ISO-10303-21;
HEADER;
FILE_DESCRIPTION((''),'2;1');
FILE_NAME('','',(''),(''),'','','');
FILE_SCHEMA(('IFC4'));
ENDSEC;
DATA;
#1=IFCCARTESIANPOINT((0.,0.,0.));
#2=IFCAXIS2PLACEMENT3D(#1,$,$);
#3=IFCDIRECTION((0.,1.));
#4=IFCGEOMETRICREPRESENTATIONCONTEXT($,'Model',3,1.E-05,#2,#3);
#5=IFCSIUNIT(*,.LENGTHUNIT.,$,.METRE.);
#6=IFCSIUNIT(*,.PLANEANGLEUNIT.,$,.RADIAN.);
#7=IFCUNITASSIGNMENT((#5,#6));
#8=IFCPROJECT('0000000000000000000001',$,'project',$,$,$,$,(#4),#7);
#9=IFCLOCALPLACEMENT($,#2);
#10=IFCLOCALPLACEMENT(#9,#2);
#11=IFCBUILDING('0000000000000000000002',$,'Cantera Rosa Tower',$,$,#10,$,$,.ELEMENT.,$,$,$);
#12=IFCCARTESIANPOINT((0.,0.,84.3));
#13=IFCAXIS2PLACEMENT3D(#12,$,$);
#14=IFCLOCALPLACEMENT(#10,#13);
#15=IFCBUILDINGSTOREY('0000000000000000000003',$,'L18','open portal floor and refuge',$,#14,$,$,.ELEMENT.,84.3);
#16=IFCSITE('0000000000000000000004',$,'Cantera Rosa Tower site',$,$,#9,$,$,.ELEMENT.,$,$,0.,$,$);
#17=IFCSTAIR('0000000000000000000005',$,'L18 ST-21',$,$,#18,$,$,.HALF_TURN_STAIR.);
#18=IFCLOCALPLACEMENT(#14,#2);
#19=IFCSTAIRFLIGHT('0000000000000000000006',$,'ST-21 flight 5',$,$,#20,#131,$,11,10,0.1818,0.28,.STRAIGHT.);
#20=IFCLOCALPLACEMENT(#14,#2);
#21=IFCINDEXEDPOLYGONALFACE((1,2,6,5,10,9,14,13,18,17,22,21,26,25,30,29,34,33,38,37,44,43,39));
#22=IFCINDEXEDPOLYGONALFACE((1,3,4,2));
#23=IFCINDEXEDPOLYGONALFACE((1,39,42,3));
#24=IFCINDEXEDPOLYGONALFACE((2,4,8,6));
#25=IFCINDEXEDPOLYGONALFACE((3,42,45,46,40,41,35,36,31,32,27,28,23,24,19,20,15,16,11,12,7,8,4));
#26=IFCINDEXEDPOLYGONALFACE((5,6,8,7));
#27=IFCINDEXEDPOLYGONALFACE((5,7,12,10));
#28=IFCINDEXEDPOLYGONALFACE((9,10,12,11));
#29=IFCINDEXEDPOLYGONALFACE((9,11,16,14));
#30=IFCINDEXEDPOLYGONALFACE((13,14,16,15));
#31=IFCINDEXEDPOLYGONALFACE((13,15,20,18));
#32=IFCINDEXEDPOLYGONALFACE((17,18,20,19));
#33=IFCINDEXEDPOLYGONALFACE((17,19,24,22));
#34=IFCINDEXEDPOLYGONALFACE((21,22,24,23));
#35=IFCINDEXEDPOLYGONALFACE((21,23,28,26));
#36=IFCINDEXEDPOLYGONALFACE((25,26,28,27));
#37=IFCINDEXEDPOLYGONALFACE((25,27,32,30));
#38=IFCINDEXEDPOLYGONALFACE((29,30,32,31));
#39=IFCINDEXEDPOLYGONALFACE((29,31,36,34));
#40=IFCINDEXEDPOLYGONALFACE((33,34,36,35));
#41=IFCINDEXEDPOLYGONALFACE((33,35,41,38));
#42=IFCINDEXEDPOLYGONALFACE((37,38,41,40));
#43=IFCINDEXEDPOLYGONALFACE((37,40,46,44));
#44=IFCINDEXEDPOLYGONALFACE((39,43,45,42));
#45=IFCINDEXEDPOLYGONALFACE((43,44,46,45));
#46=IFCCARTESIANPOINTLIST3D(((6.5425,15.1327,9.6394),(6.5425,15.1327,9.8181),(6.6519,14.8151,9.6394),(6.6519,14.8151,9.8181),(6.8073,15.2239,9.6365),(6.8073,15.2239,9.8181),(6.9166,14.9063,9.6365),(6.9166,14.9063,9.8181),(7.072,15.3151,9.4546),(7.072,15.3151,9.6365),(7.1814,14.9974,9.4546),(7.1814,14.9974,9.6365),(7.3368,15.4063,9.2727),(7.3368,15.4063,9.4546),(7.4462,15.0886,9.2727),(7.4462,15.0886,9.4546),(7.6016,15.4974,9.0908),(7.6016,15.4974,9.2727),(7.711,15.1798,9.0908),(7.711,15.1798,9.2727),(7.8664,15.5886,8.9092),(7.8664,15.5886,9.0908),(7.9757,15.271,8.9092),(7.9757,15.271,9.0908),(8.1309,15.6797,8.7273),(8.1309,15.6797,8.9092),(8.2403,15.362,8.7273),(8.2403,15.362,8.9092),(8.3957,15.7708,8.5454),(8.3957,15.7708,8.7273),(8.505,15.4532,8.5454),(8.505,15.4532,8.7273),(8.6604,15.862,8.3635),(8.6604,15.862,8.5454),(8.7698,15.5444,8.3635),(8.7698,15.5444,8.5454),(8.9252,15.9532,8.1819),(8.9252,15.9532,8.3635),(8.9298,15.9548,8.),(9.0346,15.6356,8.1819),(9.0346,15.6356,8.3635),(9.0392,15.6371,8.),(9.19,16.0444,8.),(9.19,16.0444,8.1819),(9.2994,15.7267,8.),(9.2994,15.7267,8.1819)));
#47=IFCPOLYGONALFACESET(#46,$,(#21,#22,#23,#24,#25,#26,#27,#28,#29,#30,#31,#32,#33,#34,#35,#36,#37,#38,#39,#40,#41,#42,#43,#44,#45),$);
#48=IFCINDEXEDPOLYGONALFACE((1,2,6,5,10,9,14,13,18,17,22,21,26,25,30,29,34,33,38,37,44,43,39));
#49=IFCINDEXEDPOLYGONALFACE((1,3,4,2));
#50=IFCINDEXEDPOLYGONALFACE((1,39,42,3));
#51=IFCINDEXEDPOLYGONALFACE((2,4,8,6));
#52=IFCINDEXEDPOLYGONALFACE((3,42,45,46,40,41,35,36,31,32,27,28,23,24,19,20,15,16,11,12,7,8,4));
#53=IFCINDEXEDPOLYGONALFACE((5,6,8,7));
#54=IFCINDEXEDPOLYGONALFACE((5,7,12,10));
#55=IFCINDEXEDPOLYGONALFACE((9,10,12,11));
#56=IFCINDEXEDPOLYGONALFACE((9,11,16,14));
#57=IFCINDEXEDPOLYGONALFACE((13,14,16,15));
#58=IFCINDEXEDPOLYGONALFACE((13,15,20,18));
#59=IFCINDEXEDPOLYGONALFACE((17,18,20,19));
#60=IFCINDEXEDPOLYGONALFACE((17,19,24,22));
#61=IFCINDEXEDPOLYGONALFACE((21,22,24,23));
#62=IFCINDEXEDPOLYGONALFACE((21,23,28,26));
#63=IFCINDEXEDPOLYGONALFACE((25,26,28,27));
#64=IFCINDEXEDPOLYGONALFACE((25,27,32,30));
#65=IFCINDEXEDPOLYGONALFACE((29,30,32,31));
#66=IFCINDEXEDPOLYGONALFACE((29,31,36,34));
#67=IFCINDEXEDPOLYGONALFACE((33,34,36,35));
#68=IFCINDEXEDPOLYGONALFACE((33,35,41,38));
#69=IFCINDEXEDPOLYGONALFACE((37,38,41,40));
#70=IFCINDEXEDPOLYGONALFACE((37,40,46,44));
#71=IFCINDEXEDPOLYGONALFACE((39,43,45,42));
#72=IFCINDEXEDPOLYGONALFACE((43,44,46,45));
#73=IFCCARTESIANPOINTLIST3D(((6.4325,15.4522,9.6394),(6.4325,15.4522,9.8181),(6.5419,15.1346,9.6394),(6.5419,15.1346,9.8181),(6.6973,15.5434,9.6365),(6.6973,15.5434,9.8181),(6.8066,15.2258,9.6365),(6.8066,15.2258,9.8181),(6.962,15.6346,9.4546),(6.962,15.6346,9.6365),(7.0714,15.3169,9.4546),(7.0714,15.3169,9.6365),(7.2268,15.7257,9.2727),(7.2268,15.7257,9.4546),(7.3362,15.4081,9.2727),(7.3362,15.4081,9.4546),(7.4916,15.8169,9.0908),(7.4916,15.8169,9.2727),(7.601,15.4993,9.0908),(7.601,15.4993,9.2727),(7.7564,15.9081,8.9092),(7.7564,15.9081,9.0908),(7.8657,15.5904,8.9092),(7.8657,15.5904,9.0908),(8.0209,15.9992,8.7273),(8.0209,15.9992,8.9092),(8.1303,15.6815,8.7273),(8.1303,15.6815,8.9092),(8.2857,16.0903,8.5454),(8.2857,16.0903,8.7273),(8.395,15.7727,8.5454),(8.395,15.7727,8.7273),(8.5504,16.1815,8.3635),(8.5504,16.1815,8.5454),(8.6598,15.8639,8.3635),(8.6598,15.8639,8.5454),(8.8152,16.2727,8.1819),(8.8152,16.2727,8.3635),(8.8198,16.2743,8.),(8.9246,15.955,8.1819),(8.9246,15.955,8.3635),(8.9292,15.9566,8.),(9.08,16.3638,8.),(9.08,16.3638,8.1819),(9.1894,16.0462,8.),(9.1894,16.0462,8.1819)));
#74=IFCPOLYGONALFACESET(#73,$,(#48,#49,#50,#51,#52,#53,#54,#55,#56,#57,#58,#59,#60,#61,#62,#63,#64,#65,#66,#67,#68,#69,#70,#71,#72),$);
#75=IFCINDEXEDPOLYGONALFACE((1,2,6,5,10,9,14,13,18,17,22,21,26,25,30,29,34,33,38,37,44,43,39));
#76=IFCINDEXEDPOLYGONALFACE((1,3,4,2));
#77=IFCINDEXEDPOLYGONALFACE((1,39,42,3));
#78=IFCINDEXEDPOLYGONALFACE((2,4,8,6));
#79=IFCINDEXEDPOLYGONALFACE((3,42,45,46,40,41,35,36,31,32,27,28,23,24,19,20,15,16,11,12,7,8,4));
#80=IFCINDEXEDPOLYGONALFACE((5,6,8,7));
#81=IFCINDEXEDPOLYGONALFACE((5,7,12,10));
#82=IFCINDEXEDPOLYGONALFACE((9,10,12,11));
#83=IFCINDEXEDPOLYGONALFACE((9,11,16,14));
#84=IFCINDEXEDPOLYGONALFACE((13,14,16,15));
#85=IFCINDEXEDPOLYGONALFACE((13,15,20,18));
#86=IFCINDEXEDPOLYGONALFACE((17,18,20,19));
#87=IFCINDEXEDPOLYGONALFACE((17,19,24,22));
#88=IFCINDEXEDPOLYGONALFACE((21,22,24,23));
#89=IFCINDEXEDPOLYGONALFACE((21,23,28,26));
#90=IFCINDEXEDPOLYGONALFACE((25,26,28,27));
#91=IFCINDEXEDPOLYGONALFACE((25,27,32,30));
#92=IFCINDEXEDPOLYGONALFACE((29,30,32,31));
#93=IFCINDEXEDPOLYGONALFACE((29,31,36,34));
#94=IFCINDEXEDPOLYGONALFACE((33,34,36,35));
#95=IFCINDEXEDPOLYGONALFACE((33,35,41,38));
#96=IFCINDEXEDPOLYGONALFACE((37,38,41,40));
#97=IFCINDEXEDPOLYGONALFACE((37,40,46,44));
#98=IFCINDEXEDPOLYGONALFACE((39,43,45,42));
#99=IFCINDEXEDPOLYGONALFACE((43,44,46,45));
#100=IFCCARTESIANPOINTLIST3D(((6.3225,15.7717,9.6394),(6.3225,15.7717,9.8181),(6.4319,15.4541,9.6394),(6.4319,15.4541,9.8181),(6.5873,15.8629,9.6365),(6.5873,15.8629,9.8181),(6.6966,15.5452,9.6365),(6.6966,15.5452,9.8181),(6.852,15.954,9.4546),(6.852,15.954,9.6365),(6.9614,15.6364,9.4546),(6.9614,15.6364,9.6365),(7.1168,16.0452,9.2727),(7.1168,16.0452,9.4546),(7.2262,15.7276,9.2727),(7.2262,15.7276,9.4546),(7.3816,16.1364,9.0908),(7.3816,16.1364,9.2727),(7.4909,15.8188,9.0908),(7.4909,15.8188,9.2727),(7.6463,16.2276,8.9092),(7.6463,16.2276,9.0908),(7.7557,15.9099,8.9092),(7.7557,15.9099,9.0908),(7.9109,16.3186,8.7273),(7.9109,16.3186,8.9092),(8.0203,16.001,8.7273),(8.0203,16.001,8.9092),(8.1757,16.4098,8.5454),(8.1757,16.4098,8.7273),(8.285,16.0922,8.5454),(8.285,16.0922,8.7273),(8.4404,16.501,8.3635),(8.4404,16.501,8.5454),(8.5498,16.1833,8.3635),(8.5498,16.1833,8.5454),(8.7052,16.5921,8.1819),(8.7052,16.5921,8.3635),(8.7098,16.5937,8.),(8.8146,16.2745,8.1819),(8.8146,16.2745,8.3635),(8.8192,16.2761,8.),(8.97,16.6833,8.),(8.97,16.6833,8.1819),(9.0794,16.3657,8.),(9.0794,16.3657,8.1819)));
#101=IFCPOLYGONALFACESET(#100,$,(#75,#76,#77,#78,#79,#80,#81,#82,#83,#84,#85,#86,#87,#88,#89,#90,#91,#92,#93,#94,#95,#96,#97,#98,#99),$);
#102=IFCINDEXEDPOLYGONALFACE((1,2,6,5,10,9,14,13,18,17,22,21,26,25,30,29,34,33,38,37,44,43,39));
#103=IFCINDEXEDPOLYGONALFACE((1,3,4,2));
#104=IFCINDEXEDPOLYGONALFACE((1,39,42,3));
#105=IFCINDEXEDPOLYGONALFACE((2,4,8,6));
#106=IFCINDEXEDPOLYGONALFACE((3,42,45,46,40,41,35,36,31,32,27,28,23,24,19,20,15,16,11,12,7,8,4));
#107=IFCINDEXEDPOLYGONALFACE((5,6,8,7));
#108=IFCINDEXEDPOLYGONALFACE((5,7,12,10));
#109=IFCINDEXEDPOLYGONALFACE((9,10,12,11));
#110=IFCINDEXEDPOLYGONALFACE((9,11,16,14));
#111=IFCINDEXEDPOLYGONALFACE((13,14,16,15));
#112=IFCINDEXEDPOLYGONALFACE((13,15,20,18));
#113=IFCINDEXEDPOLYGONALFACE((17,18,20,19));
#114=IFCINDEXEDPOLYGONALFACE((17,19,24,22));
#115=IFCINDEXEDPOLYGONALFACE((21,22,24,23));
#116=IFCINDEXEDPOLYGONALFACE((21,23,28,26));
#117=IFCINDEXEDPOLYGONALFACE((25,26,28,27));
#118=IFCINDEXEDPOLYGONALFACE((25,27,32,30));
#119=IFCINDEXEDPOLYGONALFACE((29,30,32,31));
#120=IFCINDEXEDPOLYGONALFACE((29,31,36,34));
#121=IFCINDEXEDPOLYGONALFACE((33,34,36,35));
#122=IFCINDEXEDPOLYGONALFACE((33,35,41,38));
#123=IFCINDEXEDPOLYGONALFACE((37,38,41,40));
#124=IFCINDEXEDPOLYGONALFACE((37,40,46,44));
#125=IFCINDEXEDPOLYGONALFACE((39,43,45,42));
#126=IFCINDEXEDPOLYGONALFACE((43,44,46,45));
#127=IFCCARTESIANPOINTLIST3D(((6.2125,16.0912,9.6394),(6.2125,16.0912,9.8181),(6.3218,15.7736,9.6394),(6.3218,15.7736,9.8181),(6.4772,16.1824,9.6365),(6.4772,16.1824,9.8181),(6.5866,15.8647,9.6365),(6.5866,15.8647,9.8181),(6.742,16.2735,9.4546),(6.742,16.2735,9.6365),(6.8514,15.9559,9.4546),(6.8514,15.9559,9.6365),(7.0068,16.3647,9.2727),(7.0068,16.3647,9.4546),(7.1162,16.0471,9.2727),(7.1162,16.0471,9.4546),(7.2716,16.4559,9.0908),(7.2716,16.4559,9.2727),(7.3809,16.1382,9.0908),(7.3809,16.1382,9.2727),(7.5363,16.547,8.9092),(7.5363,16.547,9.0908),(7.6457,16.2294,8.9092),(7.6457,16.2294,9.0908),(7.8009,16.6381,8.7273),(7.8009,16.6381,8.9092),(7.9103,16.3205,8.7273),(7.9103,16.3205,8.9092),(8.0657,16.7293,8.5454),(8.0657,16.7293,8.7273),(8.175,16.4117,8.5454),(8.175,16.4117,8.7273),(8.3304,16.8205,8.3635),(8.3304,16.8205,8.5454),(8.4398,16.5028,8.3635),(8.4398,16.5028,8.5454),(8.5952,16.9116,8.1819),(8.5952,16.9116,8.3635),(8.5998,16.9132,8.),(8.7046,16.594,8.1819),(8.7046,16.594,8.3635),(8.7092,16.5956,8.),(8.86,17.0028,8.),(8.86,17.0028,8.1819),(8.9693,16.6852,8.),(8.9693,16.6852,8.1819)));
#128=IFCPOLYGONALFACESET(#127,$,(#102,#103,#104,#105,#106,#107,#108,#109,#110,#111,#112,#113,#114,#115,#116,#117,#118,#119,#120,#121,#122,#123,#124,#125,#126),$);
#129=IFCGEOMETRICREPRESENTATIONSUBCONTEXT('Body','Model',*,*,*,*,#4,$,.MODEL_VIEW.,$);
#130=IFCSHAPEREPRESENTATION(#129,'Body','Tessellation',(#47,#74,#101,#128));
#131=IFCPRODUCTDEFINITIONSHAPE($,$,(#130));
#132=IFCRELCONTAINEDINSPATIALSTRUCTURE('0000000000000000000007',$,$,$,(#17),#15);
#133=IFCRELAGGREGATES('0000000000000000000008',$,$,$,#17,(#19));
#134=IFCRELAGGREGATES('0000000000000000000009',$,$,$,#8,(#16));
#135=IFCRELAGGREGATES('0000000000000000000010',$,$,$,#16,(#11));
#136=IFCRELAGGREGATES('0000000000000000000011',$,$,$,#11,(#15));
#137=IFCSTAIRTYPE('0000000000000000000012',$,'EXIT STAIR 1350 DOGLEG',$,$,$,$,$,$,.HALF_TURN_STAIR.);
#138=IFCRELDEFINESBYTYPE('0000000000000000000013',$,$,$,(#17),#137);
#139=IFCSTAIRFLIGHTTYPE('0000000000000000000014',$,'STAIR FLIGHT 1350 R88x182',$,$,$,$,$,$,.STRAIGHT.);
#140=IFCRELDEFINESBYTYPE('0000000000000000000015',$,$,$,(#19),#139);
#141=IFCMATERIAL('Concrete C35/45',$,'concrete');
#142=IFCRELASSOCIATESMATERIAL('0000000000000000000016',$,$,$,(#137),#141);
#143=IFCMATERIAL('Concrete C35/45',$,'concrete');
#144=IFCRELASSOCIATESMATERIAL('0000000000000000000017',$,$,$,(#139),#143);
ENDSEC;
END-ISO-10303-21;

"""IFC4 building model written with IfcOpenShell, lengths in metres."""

from ifc_helpers import new_model, si_unit, direction, frame, origin, place, context, subcontext, project, spatial, polyline, outline, extrude, material, type_object, element, aggregate, save


model = new_model("IFC4")

# Units and contexts
model_context = context("Model", 3, precision=1e-05, world=origin(), true_north=direction((0.0, 1.0)))
body_context = subcontext(model_context, "Body", "Model", "MODEL_VIEW")
ifc_project = project(units=[si_unit("LENGTHUNIT", "METRE"), si_unit("PLANEANGLEUNIT", "RADIAN")], contexts=[model_context])

# Site, building, storey
site_placement = place(None, origin())
site = spatial("IfcSite", under=ifc_project, at=site_placement, Name="Cantera Rosa Tower site", CompositionType="ELEMENT", RefElevation=0.0)
building_placement = place(site_placement, origin())
building = spatial("IfcBuilding", under=site, at=building_placement, Name="Cantera Rosa Tower", CompositionType="ELEMENT")
storey_placement = place(building_placement, frame((0.0, 0.0, 84.3)))
storey = spatial("IfcBuildingStorey", under=building, at=storey_placement, Name="L18", Description="open portal floor and refuge", CompositionType="ELEMENT", Elevation=84.3)

# Stair, stair flight
ifc_material_1 = material(Name="Concrete C35/45", Category="concrete")
stair_type = type_object("IfcStairType", Name="EXIT STAIR 1350 DOGLEG", PredefinedType="HALF_TURN_STAIR", material=ifc_material_1)
stair_placement = place(storey_placement, origin())
stair = element("IfcStair", 1, at=stair_placement, inside=storey, type_object=stair_type, Name="L18 ST-21", PredefinedType="HALF_TURN_STAIR")
ifc_material_2 = material(Name="Concrete C35/45", Category="concrete")
stair_flight_type = type_object("IfcStairFlightType", Name="STAIR FLIGHT 1350 R88x182", PredefinedType="STRAIGHT", material=ifc_material_2)
stair_flight_1_placement = place(storey_placement, frame((9.0796, 16.365, 8.0), z_axis=(0.0, 0.0, 1.0), x_axis=(-0.945519, -0.325568, 0.0)))
stair_flight_1 = element("IfcStairFlight", 2, at=stair_flight_1_placement, type_object=stair_flight_type, Name="ST-21 flight 5", NumberOfRisers=11, NumberOfTreads=10, PredefinedType="STRAIGHT", RiserHeight=0.1818, TreadLength=0.28, context=body_context, shape_type="SweptSolid", body=[
    extrude(outline(polyline([(0.0, 0.0), (0.0, 0.1819), (0.28, 0.1819), (0.28, 0.3635), (0.5601, 0.3635), (0.5601, 0.5454), (0.8401, 0.5454), (0.8401, 0.7273), (1.1201, 0.7273), (1.1201, 0.9092), (1.3999, 0.9092), (1.3999, 1.0908), (1.6799, 1.0908), (1.6799, 1.2727), (1.96, 1.2727), (1.96, 1.4546), (2.24, 1.4546), (2.24, 1.6365), (2.52, 1.6365), (2.52, 1.8181), (2.8, 1.8181), (2.8, 2.0), (2.8, 1.6394), (0.2751, 0.0), (0.0, 0.0)])), frame((0.0, 0.675, 0.0), z_axis=(0.0, -1.0, 0.0), x_axis=(1.0, 0.0, 0.0)), (0.0, 0.0, 1.0), 0.3359),
    extrude(outline(polyline([(0.0, 0.0), (0.0, 0.1819), (0.28, 0.1819), (0.28, 0.3635), (0.5601, 0.3635), (0.5601, 0.5454), (0.8401, 0.5454), (0.8401, 0.7273), (1.1201, 0.7273), (1.1201, 0.9092), (1.3999, 0.9092), (1.3999, 1.0908), (1.6799, 1.0908), (1.6799, 1.2727), (1.96, 1.2727), (1.96, 1.4546), (2.24, 1.4546), (2.24, 1.6365), (2.52, 1.6365), (2.52, 1.8181), (2.8, 1.8181), (2.8, 2.0), (2.8, 1.6394), (0.2751, 0.0), (0.0, 0.0)])), frame((0.0, 0.3372, 0.0), z_axis=(0.0, -1.0, 0.0), x_axis=(1.0, 0.0, 0.0)), (0.0, 0.0, 1.0), 0.3359),
    extrude(outline(polyline([(0.0, 0.0), (0.0, 0.1819), (0.28, 0.1819), (0.28, 0.3635), (0.5601, 0.3635), (0.5601, 0.5454), (0.8401, 0.5454), (0.8401, 0.7273), (1.1201, 0.7273), (1.1201, 0.9092), (1.3999, 0.9092), (1.3999, 1.0908), (1.6799, 1.0908), (1.6799, 1.2727), (1.96, 1.2727), (1.96, 1.4546), (2.24, 1.4546), (2.24, 1.6365), (2.52, 1.6365), (2.52, 1.8181), (2.8, 1.8181), (2.8, 2.0), (2.8, 1.6394), (0.2751, 0.0), (0.0, 0.0)])), frame((0.0, -0.0007, 0.0), z_axis=(0.0, -1.0, 0.0), x_axis=(1.0, 0.0, 0.0)), (0.0, 0.0, 1.0), 0.3359),
    extrude(outline(polyline([(0.0, 0.0), (0.0, 0.1819), (0.28, 0.1819), (0.28, 0.3635), (0.5601, 0.3635), (0.5601, 0.5454), (0.8401, 0.5454), (0.8401, 0.7273), (1.1201, 0.7273), (1.1201, 0.9092), (1.3999, 0.9092), (1.3999, 1.0908), (1.6799, 1.0908), (1.6799, 1.2727), (1.96, 1.2727), (1.96, 1.4546), (2.24, 1.4546), (2.24, 1.6365), (2.52, 1.6365), (2.52, 1.8181), (2.8, 1.8181), (2.8, 2.0), (2.8, 1.6394), (0.2751, 0.0), (0.0, 0.0)])), frame((0.0, -0.3386, 0.0), z_axis=(0.0, -1.0, 0.0), x_axis=(1.0, 0.0, 0.0)), (0.0, 0.0, 1.0), 0.3359),
])
aggregate(stair, [stair_flight_1])

save(model, "model.ifc")
